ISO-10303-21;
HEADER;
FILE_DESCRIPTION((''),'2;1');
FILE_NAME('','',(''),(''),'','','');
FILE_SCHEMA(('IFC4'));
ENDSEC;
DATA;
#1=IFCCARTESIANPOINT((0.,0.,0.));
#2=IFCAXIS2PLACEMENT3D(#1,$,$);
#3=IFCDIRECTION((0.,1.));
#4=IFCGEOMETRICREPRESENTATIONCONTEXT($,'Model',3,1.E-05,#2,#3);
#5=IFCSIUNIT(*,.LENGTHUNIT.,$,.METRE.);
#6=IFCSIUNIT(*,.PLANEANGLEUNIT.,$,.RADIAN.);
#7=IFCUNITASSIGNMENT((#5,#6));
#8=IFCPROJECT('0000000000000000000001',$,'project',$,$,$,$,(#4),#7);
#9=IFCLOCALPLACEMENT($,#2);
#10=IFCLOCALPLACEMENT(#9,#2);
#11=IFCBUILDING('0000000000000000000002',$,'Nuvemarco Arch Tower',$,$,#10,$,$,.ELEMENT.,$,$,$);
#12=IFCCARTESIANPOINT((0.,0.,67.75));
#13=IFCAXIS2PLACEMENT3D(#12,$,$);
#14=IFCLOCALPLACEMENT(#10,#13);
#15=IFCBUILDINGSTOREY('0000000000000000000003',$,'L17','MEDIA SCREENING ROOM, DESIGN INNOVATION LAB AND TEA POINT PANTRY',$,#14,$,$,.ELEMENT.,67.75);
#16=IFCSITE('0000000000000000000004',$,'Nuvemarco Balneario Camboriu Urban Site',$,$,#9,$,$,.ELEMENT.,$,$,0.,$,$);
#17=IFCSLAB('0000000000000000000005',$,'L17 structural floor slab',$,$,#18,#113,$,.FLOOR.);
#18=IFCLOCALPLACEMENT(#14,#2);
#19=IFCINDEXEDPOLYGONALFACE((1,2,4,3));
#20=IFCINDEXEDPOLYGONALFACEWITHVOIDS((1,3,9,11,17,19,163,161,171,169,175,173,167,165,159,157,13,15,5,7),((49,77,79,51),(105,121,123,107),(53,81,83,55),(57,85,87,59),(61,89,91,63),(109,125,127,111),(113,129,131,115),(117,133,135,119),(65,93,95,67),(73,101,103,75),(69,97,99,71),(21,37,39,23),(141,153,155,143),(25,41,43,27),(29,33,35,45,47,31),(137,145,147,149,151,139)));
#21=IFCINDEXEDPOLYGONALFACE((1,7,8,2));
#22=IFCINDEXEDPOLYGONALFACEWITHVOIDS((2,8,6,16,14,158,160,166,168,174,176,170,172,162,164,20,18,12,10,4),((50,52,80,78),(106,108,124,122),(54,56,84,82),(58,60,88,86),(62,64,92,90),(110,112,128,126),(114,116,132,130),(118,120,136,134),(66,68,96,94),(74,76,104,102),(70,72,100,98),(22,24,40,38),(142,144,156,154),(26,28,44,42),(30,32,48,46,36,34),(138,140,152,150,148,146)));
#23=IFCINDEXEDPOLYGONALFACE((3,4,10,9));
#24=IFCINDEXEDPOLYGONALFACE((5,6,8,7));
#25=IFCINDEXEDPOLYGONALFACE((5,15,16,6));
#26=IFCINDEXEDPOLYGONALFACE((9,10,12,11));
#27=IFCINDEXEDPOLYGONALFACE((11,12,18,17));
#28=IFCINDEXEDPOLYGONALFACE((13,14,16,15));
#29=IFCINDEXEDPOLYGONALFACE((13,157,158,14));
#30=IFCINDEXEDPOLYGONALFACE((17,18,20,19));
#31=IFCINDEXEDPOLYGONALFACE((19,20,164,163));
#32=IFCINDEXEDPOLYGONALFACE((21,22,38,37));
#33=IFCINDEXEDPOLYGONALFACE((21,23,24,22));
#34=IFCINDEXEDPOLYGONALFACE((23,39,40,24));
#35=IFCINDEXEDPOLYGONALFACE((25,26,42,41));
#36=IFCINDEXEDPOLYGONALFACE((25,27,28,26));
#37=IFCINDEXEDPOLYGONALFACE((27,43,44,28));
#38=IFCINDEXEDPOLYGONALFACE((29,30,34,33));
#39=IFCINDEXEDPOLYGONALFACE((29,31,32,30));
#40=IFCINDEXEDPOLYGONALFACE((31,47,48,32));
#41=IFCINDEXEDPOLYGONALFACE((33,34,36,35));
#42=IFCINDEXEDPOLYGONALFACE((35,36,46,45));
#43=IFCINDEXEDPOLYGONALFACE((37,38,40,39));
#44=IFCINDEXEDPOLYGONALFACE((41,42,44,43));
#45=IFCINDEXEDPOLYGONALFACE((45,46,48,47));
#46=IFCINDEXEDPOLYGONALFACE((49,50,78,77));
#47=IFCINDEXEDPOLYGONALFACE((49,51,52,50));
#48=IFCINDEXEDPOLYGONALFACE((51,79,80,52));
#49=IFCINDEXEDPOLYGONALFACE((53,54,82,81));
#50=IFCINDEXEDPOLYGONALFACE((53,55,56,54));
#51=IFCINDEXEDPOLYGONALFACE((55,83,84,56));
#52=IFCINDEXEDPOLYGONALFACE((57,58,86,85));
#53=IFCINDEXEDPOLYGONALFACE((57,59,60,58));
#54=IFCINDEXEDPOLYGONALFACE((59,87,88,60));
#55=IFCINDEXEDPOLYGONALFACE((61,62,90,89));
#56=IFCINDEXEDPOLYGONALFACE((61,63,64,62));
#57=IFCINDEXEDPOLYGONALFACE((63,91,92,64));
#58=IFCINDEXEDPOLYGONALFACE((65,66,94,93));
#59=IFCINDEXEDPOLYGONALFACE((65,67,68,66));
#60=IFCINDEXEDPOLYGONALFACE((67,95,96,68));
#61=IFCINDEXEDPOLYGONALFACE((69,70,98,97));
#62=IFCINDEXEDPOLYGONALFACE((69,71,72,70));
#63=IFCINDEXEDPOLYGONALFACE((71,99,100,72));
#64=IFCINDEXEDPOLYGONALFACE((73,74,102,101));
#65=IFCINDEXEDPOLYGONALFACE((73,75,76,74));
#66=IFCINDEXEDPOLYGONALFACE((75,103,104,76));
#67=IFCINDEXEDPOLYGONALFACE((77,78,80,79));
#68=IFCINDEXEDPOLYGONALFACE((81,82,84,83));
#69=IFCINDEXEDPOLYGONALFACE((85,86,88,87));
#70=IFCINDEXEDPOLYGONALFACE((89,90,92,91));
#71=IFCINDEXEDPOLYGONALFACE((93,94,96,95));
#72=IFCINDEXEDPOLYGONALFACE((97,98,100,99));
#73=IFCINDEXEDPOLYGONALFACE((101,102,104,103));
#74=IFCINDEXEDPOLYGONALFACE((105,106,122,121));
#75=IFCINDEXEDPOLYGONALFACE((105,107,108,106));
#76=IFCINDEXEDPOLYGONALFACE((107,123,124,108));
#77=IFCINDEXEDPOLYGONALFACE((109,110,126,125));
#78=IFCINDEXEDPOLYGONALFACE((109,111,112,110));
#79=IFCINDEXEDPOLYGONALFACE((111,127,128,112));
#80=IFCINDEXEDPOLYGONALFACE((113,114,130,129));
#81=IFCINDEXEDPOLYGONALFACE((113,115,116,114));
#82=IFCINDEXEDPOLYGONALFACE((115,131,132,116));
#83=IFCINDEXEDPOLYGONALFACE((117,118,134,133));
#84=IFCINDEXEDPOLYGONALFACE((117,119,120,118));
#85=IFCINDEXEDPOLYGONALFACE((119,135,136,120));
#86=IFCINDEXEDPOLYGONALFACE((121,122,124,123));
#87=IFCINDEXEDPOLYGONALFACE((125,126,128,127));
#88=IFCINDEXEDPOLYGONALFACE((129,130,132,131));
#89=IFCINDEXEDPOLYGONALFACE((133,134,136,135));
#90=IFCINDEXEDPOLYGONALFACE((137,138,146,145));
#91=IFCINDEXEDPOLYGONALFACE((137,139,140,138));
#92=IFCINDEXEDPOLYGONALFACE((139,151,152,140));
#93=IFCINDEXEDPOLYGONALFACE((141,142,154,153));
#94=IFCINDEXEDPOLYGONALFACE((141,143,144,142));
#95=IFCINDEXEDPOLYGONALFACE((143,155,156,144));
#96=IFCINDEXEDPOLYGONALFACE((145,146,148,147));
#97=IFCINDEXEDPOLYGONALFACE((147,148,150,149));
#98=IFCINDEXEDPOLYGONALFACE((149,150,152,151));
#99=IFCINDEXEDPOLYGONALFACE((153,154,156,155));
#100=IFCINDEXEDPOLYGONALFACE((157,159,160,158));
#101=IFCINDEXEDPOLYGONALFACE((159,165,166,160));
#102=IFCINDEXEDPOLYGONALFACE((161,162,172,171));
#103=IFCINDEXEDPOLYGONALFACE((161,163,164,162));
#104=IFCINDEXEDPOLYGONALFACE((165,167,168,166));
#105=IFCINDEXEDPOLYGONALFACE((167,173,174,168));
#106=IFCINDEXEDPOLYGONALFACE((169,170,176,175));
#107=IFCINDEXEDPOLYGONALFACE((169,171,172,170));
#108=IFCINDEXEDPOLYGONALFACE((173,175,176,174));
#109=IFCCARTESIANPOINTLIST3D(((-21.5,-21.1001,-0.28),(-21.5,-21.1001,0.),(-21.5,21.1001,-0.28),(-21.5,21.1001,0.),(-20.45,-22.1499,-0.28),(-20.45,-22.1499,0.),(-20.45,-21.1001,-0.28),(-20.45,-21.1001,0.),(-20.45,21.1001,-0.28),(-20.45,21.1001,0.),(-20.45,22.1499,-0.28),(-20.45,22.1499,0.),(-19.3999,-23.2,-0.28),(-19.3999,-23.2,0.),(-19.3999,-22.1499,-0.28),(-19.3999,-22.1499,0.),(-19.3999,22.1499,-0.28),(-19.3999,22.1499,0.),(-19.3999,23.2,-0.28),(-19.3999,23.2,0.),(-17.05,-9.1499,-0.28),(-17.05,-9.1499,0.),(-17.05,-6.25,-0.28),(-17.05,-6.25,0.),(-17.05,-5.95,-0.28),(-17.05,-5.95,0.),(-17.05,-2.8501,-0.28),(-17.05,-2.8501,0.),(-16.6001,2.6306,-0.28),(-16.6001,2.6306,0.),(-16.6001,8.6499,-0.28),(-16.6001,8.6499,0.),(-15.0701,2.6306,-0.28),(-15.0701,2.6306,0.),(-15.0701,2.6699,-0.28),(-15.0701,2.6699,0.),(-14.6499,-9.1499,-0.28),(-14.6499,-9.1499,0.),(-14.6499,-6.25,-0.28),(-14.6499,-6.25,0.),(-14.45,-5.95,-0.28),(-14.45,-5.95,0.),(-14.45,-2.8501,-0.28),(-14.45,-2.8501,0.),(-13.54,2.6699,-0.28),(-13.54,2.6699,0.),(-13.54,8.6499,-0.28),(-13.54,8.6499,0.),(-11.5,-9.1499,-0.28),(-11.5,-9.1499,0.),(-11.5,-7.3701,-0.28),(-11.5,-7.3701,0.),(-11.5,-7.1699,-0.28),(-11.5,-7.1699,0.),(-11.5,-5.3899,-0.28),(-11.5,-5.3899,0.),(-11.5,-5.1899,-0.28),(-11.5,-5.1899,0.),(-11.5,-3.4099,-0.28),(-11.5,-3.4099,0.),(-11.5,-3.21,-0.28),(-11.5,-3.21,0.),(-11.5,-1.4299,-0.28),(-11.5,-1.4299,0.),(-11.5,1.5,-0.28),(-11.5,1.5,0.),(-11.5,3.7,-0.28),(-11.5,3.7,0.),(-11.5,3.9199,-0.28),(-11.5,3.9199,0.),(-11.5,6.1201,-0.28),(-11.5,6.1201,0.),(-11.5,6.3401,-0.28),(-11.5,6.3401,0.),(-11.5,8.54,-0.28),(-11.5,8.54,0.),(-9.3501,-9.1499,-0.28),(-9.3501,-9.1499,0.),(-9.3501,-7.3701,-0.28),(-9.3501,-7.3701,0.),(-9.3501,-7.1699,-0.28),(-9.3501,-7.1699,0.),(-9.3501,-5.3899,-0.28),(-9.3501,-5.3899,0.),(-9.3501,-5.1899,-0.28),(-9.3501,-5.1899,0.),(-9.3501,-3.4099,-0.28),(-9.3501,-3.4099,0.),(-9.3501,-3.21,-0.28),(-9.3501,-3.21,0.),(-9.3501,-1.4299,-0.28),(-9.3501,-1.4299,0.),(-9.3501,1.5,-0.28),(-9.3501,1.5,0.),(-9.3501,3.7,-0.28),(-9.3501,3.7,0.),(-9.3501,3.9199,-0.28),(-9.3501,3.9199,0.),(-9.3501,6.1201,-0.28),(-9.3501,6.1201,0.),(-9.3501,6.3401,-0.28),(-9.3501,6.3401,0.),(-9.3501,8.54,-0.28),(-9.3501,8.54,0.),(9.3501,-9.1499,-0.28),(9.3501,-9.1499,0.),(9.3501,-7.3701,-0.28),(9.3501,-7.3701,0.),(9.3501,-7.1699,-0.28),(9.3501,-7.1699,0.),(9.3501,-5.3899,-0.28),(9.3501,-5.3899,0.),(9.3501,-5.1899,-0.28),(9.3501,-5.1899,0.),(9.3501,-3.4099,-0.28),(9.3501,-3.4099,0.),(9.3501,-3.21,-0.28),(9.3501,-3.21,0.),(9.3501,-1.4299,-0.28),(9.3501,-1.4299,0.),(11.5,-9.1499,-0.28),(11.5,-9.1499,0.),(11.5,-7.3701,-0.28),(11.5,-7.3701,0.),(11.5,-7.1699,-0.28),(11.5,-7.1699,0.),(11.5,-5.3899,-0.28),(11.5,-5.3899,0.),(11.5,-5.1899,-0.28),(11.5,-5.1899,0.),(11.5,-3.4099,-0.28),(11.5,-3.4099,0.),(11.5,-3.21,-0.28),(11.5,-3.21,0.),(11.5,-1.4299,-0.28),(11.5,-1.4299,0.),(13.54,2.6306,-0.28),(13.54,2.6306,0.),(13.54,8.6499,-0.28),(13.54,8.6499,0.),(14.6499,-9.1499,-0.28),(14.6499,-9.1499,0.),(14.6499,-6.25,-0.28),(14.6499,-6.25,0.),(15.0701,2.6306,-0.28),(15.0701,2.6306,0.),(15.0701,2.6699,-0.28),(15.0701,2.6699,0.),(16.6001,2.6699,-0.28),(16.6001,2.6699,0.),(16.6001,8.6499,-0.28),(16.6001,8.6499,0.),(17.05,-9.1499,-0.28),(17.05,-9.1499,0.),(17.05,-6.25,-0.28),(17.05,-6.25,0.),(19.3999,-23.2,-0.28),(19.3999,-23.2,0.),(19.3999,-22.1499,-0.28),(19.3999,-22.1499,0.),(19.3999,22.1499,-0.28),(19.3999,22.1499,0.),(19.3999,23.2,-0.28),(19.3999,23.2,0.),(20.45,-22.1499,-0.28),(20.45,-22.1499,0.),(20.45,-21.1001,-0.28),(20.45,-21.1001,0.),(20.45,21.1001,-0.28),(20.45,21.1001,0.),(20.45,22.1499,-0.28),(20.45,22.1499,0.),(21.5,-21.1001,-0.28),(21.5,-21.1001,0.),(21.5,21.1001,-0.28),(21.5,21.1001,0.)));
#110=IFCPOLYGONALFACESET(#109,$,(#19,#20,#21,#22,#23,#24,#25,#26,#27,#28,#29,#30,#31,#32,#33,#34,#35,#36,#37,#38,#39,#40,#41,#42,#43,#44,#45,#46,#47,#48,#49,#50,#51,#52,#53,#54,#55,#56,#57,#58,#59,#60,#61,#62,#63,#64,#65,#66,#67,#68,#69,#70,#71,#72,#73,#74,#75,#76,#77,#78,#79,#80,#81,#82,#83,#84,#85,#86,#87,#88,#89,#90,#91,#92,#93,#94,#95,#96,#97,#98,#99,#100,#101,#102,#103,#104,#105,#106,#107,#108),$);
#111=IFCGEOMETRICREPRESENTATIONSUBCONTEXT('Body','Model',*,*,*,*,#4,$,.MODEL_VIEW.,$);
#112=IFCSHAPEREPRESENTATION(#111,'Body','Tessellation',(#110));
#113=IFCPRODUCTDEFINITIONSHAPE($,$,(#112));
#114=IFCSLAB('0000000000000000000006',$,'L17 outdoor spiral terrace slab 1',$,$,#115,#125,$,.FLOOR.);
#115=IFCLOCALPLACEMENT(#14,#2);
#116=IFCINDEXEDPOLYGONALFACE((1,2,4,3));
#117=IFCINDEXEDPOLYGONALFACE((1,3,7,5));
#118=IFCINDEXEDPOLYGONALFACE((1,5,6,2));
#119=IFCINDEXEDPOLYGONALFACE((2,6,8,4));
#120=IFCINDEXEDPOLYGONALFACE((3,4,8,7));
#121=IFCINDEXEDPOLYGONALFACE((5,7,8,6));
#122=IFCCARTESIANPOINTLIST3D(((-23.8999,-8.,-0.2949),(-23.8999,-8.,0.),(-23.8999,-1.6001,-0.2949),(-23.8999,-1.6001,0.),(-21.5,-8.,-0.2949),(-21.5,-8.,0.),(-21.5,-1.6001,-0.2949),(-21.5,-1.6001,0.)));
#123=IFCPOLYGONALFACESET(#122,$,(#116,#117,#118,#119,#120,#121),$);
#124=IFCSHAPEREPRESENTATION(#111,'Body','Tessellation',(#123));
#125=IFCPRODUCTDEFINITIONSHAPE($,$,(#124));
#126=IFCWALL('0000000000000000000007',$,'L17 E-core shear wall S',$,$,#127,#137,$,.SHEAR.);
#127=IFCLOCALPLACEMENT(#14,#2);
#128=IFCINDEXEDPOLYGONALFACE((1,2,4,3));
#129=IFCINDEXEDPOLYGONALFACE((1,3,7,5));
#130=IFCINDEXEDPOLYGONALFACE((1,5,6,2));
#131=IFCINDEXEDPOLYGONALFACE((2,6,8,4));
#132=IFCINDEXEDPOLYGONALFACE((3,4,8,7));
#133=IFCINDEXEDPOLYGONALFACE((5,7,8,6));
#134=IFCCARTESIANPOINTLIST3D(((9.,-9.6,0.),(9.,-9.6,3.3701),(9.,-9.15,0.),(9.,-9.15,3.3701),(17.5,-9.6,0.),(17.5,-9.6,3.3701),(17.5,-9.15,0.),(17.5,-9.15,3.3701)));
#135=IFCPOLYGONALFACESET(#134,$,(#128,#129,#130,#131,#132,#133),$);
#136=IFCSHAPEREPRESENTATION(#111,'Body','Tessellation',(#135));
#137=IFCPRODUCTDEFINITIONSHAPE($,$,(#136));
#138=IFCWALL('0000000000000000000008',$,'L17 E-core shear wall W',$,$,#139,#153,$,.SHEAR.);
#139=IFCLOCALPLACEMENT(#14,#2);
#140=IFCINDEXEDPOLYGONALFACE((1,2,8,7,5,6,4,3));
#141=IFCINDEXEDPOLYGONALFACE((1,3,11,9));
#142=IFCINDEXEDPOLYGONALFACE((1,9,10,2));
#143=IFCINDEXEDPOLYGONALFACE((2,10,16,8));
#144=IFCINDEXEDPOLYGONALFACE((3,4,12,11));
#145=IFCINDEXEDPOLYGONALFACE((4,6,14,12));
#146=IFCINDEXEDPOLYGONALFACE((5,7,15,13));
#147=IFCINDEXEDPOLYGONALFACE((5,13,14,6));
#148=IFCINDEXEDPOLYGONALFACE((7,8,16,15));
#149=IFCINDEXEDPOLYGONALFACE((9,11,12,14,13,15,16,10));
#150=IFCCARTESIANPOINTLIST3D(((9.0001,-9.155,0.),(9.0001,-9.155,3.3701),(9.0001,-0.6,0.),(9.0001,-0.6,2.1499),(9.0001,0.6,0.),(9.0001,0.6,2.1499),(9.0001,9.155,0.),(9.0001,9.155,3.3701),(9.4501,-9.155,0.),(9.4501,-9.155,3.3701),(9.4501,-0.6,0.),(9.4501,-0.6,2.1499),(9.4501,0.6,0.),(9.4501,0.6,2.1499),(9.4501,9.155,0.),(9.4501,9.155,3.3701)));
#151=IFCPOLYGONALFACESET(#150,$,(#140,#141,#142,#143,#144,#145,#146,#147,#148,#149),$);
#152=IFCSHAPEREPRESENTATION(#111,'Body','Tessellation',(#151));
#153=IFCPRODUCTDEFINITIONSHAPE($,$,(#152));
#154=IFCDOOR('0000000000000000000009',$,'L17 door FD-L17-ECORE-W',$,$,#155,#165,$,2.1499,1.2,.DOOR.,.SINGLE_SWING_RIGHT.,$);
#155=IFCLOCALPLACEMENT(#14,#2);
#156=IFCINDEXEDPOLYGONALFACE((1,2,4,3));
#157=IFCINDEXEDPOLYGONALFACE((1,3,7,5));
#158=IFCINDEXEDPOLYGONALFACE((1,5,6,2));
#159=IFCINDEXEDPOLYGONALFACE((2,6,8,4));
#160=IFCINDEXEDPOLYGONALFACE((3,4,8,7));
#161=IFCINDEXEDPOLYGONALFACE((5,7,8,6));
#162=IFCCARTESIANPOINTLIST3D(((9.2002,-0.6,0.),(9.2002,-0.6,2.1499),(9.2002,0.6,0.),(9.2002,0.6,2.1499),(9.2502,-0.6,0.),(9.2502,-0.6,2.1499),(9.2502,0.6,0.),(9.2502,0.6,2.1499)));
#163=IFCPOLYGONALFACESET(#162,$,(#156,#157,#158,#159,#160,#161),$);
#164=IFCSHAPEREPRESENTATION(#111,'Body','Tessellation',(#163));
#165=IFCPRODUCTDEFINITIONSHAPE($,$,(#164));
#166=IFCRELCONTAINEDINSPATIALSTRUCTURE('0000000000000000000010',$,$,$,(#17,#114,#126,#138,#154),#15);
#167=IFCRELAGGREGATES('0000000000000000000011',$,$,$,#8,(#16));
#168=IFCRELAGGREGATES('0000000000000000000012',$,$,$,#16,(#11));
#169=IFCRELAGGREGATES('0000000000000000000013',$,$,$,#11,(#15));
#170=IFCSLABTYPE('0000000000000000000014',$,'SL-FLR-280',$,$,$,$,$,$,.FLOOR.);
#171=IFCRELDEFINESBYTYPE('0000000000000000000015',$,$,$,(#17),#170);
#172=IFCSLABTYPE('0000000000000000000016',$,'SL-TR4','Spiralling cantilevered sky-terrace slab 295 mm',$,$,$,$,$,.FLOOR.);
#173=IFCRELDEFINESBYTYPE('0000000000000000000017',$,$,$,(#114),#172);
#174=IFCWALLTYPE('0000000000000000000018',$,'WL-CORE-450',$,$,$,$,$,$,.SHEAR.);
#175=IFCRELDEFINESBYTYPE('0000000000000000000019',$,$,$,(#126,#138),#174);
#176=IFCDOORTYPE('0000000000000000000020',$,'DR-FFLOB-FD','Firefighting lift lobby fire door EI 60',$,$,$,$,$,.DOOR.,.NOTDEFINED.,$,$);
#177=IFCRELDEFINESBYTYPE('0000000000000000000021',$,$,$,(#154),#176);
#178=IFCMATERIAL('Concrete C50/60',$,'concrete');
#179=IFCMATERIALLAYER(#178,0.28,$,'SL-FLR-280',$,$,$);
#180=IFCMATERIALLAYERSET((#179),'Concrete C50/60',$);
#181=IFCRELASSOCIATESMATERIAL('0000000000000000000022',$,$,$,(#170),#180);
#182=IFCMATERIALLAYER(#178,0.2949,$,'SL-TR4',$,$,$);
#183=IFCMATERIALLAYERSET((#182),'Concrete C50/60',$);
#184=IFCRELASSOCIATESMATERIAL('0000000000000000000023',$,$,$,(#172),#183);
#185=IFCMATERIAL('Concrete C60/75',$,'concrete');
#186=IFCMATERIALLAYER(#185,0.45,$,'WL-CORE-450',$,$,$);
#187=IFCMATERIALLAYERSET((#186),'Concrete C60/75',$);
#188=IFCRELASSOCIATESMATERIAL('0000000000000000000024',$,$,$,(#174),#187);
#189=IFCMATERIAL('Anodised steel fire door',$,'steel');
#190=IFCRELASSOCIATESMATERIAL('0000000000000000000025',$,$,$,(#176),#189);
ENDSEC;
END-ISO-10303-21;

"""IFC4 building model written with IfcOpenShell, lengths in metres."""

from ifc_helpers import new_model, si_unit, direction, frame, frame_2d, origin, place, context, subcontext, project, spatial, polyline, rectangle, outline, extrude, source, transform, mapped, material, layer, layer_set, type_object, type_shapes, element, fill, save


model = new_model("IFC4")

# Units and contexts
model_context = context("Model", 3, precision=1e-05, world=origin(), true_north=direction((0.0, 1.0)))
body_context = subcontext(model_context, "Body", "Model", "MODEL_VIEW")
ifc_project = project(units=[si_unit("LENGTHUNIT", "METRE"), si_unit("PLANEANGLEUNIT", "RADIAN")], contexts=[model_context])

# Site, building, storey
site_placement = place(None, origin())
site = spatial("IfcSite", under=ifc_project, at=site_placement, Name="Nuvemarco Balneario Camboriu Urban Site", CompositionType="ELEMENT", RefElevation=0.0)
building_placement = place(site_placement, origin())
building = spatial("IfcBuilding", under=site, at=building_placement, Name="Nuvemarco Arch Tower", CompositionType="ELEMENT")
storey_placement = place(building_placement, frame((0.0, 0.0, 67.75)))
storey = spatial("IfcBuildingStorey", under=building, at=storey_placement, Name="L17", Description="MEDIA SCREENING ROOM, DESIGN INNOVATION LAB AND TEA POINT PANTRY", CompositionType="ELEMENT", Elevation=67.75)

# Shared definitions
ifc_material_1 = material(Name="Concrete C60/75", Category="concrete")

# Slabs
ifc_material_2 = material(Name="Concrete C50/60", Category="concrete")
ifc_layer_1 = layer(ifc_material_2, 0.28, Name="SL-FLR-280")
ifc_layer_set_1 = layer_set([ifc_layer_1], Name="Concrete C50/60")
slab_type_1 = type_object("IfcSlabType", Name="SL-FLR-280", PredefinedType="FLOOR", material=ifc_layer_set_1)
slab_1_placement = place(storey_placement, frame((0.0, 0.0, -0.28)))
element("IfcSlab", 1, at=slab_1_placement, inside=storey, type_object=slab_type_1, Name="L17 structural floor slab", PredefinedType="FLOOR", context=body_context, shape_type="SweptSolid", body=[
    extrude(outline(polyline([(-19.3999, -23.2), (19.3999, -23.2), (19.3999, -22.1499), (20.45, -22.1499), (20.45, -21.1001), (21.5, -21.1001), (21.5, 21.1001), (20.45, 21.1001), (20.45, 22.1499), (19.3999, 22.1499), (19.3999, 23.2), (-19.3999, 23.2), (-19.3999, 22.1499), (-20.45, 22.1499), (-20.45, 21.1001), (-21.5, 21.1001), (-21.5, -21.1001), (-20.45, -21.1001), (-20.45, -22.1499), (-19.3999, -22.1499), (-19.3999, -23.2)]), holes=[polyline([(-13.54, 2.6699), (-13.54, 8.6499), (-16.6001, 8.6499), (-16.6001, 2.6306), (-15.0701, 2.6306), (-15.0701, 2.6699), (-13.54, 2.6699)]), polyline([(16.6001, 2.6699), (16.6001, 8.6499), (13.54, 8.6499), (13.54, 2.6306), (15.0701, 2.6306), (15.0701, 2.6699), (16.6001, 2.6699)]), polyline([(-17.05, -9.1499), (-14.6499, -9.1499), (-14.6499, -6.25), (-17.05, -6.25), (-17.05, -9.1499)]), polyline([(-17.05, -5.95), (-14.45, -5.95), (-14.45, -2.8501), (-17.05, -2.8501), (-17.05, -5.95)]), polyline([(-11.5, -9.1499), (-9.3501, -9.1499), (-9.3501, -7.3701), (-11.5, -7.3701), (-11.5, -9.1499)]), polyline([(-11.5, -7.1699), (-9.3501, -7.1699), (-9.3501, -5.3899), (-11.5, -5.3899), (-11.5, -7.1699)]), polyline([(-11.5, -5.1899), (-9.3501, -5.1899), (-9.3501, -3.4099), (-11.5, -3.4099), (-11.5, -5.1899)]), polyline([(-11.5, -3.21), (-9.3501, -3.21), (-9.3501, -1.4299), (-11.5, -1.4299), (-11.5, -3.21)]), polyline([(-11.5, 1.5), (-9.3501, 1.5), (-9.3501, 3.7), (-11.5, 3.7), (-11.5, 1.5)]), polyline([(-11.5, 3.9199), (-9.3501, 3.9199), (-9.3501, 6.1201), (-11.5, 6.1201), (-11.5, 3.9199)]), polyline([(-11.5, 6.3401), (-9.3501, 6.3401), (-9.3501, 8.54), (-11.5, 8.54), (-11.5, 6.3401)]), polyline([(14.6499, -9.1499), (17.05, -9.1499), (17.05, -6.25), (14.6499, -6.25), (14.6499, -9.1499)]), polyline([(9.3501, -9.1499), (11.5, -9.1499), (11.5, -7.3701), (9.3501, -7.3701), (9.3501, -9.1499)]), polyline([(9.3501, -7.1699), (11.5, -7.1699), (11.5, -5.3899), (9.3501, -5.3899), (9.3501, -7.1699)]), polyline([(9.3501, -5.1899), (11.5, -5.1899), (11.5, -3.4099), (9.3501, -3.4099), (9.3501, -5.1899)]), polyline([(9.3501, -3.21), (11.5, -3.21), (11.5, -1.4299), (9.3501, -1.4299), (9.3501, -3.21)])]), origin(), (0.0, 0.0, 1.0), 0.28),
])
ifc_layer_2 = layer(ifc_material_2, 0.2949, Name="SL-TR4")
ifc_layer_set_2 = layer_set([ifc_layer_2], Name="Concrete C50/60")
slab_type_2 = type_object("IfcSlabType", Name="SL-TR4", Description="Spiralling cantilevered sky-terrace slab 295 mm", PredefinedType="FLOOR", material=ifc_layer_set_2)
slab_2_placement = place(storey_placement, frame((0.0, 0.0, -0.2949)))
element("IfcSlab", 2, at=slab_2_placement, inside=storey, type_object=slab_type_2, Name="L17 outdoor spiral terrace slab 1", PredefinedType="FLOOR", context=body_context, shape_type="SweptSolid", body=[
    extrude(outline(polyline([(-23.8999, -8.0), (-21.5, -8.0), (-21.5, -1.6001), (-23.8999, -1.6001), (-23.8999, -8.0)])), origin(), (0.0, 0.0, 1.0), 0.2949),
])

# Wall
ifc_layer_3 = layer(ifc_material_1, 0.45, Name="WL-CORE-450")
ifc_layer_set_3 = layer_set([ifc_layer_3], Name="Concrete C60/75")
wall_type_1 = type_object("IfcWallType", Name="WL-CORE-450", PredefinedType="SHEAR", material=ifc_layer_set_3)
wall_1_placement = place(storey_placement, frame((9.0, -9.375, 0.0), z_axis=(0.0, 0.0, 1.0), x_axis=(1.0, 0.0, 0.0)))
element("IfcWall", 3, at=wall_1_placement, inside=storey, type_object=wall_type_1, Name="L17 E-core shear wall S", PredefinedType="SHEAR", context=body_context, shape_type="SweptSolid", body=[
    extrude(rectangle(XDim=8.5, YDim=0.45, at=frame_2d((4.25, 0.0))), origin(), (0.0, 0.0, 1.0), 3.3701),
])

# Wall, opening, door
wall_2_placement = place(storey_placement, frame((9.2251, -9.155, 0.0), z_axis=(0.0, 0.0, 1.0), x_axis=(0.0, 1.0, 0.0)))
wall_2 = element("IfcWall", 4, at=wall_2_placement, inside=storey, type_object=wall_type_1, Name="L17 E-core shear wall W", PredefinedType="SHEAR", context=body_context, shape_type="SweptSolid", body=[
    extrude(rectangle(XDim=18.3101, YDim=0.45, at=frame_2d((9.155, 0.0))), origin(), (0.0, 0.0, 1.0), 3.3701),
])
opening_1_placement = place(wall_2_placement, frame((8.5549, 0.0, 0.0)))
opening_1 = element("IfcOpeningElement", 5, at=opening_1_placement, cuts=wall_2, PredefinedType="OPENING", context=body_context, shape_type="SweptSolid", body=[
    extrude(rectangle(XDim=1.2, YDim=2.1499, at=frame_2d((0.6001, 1.075))), frame((0.0, 0.2349, 0.0), z_axis=(0.0, -1.0, 0.0), x_axis=(1.0, 0.0, 0.0)), (0.0, 0.0, 1.0), 0.47),
])
ifc_material_3 = material(Name="Anodised steel fire door", Category="steel")
door_type_1 = type_object("IfcDoorType", Name="DR-FFLOB-FD", Description="Firefighting lift lobby fire door EI 60", OperationType="NOTDEFINED", PredefinedType="DOOR", material=ifc_material_3)
shared_shape_1 = source(origin(), body_context, "Body", "SweptSolid", [
    extrude(rectangle(XDim=1.2, YDim=2.1499, at=frame_2d((0.6001, 1.075))), frame((0.0, 0.0249, 0.0), z_axis=(0.0, -1.0, 0.0), x_axis=(1.0, 0.0, 0.0)), (0.0, 0.0, 1.0), 0.05),
])
type_shapes(door_type_1, [shared_shape_1])
door_1_placement = place(opening_1_placement, origin())
door_1 = element("IfcDoor", 6, at=door_1_placement, inside=storey, type_object=door_type_1, Name="L17 door FD-L17-ECORE-W", OperationType="SINGLE_SWING_RIGHT", OverallHeight=2.1499, OverallWidth=1.2, PredefinedType="DOOR", context=body_context, shape_type="MappedRepresentation", body=[
    mapped(shared_shape_1, transform((0.0, 0.0, 0.0), scale=1.0)),
])
fill(opening_1, door_1)

save(model, "model.ifc")
